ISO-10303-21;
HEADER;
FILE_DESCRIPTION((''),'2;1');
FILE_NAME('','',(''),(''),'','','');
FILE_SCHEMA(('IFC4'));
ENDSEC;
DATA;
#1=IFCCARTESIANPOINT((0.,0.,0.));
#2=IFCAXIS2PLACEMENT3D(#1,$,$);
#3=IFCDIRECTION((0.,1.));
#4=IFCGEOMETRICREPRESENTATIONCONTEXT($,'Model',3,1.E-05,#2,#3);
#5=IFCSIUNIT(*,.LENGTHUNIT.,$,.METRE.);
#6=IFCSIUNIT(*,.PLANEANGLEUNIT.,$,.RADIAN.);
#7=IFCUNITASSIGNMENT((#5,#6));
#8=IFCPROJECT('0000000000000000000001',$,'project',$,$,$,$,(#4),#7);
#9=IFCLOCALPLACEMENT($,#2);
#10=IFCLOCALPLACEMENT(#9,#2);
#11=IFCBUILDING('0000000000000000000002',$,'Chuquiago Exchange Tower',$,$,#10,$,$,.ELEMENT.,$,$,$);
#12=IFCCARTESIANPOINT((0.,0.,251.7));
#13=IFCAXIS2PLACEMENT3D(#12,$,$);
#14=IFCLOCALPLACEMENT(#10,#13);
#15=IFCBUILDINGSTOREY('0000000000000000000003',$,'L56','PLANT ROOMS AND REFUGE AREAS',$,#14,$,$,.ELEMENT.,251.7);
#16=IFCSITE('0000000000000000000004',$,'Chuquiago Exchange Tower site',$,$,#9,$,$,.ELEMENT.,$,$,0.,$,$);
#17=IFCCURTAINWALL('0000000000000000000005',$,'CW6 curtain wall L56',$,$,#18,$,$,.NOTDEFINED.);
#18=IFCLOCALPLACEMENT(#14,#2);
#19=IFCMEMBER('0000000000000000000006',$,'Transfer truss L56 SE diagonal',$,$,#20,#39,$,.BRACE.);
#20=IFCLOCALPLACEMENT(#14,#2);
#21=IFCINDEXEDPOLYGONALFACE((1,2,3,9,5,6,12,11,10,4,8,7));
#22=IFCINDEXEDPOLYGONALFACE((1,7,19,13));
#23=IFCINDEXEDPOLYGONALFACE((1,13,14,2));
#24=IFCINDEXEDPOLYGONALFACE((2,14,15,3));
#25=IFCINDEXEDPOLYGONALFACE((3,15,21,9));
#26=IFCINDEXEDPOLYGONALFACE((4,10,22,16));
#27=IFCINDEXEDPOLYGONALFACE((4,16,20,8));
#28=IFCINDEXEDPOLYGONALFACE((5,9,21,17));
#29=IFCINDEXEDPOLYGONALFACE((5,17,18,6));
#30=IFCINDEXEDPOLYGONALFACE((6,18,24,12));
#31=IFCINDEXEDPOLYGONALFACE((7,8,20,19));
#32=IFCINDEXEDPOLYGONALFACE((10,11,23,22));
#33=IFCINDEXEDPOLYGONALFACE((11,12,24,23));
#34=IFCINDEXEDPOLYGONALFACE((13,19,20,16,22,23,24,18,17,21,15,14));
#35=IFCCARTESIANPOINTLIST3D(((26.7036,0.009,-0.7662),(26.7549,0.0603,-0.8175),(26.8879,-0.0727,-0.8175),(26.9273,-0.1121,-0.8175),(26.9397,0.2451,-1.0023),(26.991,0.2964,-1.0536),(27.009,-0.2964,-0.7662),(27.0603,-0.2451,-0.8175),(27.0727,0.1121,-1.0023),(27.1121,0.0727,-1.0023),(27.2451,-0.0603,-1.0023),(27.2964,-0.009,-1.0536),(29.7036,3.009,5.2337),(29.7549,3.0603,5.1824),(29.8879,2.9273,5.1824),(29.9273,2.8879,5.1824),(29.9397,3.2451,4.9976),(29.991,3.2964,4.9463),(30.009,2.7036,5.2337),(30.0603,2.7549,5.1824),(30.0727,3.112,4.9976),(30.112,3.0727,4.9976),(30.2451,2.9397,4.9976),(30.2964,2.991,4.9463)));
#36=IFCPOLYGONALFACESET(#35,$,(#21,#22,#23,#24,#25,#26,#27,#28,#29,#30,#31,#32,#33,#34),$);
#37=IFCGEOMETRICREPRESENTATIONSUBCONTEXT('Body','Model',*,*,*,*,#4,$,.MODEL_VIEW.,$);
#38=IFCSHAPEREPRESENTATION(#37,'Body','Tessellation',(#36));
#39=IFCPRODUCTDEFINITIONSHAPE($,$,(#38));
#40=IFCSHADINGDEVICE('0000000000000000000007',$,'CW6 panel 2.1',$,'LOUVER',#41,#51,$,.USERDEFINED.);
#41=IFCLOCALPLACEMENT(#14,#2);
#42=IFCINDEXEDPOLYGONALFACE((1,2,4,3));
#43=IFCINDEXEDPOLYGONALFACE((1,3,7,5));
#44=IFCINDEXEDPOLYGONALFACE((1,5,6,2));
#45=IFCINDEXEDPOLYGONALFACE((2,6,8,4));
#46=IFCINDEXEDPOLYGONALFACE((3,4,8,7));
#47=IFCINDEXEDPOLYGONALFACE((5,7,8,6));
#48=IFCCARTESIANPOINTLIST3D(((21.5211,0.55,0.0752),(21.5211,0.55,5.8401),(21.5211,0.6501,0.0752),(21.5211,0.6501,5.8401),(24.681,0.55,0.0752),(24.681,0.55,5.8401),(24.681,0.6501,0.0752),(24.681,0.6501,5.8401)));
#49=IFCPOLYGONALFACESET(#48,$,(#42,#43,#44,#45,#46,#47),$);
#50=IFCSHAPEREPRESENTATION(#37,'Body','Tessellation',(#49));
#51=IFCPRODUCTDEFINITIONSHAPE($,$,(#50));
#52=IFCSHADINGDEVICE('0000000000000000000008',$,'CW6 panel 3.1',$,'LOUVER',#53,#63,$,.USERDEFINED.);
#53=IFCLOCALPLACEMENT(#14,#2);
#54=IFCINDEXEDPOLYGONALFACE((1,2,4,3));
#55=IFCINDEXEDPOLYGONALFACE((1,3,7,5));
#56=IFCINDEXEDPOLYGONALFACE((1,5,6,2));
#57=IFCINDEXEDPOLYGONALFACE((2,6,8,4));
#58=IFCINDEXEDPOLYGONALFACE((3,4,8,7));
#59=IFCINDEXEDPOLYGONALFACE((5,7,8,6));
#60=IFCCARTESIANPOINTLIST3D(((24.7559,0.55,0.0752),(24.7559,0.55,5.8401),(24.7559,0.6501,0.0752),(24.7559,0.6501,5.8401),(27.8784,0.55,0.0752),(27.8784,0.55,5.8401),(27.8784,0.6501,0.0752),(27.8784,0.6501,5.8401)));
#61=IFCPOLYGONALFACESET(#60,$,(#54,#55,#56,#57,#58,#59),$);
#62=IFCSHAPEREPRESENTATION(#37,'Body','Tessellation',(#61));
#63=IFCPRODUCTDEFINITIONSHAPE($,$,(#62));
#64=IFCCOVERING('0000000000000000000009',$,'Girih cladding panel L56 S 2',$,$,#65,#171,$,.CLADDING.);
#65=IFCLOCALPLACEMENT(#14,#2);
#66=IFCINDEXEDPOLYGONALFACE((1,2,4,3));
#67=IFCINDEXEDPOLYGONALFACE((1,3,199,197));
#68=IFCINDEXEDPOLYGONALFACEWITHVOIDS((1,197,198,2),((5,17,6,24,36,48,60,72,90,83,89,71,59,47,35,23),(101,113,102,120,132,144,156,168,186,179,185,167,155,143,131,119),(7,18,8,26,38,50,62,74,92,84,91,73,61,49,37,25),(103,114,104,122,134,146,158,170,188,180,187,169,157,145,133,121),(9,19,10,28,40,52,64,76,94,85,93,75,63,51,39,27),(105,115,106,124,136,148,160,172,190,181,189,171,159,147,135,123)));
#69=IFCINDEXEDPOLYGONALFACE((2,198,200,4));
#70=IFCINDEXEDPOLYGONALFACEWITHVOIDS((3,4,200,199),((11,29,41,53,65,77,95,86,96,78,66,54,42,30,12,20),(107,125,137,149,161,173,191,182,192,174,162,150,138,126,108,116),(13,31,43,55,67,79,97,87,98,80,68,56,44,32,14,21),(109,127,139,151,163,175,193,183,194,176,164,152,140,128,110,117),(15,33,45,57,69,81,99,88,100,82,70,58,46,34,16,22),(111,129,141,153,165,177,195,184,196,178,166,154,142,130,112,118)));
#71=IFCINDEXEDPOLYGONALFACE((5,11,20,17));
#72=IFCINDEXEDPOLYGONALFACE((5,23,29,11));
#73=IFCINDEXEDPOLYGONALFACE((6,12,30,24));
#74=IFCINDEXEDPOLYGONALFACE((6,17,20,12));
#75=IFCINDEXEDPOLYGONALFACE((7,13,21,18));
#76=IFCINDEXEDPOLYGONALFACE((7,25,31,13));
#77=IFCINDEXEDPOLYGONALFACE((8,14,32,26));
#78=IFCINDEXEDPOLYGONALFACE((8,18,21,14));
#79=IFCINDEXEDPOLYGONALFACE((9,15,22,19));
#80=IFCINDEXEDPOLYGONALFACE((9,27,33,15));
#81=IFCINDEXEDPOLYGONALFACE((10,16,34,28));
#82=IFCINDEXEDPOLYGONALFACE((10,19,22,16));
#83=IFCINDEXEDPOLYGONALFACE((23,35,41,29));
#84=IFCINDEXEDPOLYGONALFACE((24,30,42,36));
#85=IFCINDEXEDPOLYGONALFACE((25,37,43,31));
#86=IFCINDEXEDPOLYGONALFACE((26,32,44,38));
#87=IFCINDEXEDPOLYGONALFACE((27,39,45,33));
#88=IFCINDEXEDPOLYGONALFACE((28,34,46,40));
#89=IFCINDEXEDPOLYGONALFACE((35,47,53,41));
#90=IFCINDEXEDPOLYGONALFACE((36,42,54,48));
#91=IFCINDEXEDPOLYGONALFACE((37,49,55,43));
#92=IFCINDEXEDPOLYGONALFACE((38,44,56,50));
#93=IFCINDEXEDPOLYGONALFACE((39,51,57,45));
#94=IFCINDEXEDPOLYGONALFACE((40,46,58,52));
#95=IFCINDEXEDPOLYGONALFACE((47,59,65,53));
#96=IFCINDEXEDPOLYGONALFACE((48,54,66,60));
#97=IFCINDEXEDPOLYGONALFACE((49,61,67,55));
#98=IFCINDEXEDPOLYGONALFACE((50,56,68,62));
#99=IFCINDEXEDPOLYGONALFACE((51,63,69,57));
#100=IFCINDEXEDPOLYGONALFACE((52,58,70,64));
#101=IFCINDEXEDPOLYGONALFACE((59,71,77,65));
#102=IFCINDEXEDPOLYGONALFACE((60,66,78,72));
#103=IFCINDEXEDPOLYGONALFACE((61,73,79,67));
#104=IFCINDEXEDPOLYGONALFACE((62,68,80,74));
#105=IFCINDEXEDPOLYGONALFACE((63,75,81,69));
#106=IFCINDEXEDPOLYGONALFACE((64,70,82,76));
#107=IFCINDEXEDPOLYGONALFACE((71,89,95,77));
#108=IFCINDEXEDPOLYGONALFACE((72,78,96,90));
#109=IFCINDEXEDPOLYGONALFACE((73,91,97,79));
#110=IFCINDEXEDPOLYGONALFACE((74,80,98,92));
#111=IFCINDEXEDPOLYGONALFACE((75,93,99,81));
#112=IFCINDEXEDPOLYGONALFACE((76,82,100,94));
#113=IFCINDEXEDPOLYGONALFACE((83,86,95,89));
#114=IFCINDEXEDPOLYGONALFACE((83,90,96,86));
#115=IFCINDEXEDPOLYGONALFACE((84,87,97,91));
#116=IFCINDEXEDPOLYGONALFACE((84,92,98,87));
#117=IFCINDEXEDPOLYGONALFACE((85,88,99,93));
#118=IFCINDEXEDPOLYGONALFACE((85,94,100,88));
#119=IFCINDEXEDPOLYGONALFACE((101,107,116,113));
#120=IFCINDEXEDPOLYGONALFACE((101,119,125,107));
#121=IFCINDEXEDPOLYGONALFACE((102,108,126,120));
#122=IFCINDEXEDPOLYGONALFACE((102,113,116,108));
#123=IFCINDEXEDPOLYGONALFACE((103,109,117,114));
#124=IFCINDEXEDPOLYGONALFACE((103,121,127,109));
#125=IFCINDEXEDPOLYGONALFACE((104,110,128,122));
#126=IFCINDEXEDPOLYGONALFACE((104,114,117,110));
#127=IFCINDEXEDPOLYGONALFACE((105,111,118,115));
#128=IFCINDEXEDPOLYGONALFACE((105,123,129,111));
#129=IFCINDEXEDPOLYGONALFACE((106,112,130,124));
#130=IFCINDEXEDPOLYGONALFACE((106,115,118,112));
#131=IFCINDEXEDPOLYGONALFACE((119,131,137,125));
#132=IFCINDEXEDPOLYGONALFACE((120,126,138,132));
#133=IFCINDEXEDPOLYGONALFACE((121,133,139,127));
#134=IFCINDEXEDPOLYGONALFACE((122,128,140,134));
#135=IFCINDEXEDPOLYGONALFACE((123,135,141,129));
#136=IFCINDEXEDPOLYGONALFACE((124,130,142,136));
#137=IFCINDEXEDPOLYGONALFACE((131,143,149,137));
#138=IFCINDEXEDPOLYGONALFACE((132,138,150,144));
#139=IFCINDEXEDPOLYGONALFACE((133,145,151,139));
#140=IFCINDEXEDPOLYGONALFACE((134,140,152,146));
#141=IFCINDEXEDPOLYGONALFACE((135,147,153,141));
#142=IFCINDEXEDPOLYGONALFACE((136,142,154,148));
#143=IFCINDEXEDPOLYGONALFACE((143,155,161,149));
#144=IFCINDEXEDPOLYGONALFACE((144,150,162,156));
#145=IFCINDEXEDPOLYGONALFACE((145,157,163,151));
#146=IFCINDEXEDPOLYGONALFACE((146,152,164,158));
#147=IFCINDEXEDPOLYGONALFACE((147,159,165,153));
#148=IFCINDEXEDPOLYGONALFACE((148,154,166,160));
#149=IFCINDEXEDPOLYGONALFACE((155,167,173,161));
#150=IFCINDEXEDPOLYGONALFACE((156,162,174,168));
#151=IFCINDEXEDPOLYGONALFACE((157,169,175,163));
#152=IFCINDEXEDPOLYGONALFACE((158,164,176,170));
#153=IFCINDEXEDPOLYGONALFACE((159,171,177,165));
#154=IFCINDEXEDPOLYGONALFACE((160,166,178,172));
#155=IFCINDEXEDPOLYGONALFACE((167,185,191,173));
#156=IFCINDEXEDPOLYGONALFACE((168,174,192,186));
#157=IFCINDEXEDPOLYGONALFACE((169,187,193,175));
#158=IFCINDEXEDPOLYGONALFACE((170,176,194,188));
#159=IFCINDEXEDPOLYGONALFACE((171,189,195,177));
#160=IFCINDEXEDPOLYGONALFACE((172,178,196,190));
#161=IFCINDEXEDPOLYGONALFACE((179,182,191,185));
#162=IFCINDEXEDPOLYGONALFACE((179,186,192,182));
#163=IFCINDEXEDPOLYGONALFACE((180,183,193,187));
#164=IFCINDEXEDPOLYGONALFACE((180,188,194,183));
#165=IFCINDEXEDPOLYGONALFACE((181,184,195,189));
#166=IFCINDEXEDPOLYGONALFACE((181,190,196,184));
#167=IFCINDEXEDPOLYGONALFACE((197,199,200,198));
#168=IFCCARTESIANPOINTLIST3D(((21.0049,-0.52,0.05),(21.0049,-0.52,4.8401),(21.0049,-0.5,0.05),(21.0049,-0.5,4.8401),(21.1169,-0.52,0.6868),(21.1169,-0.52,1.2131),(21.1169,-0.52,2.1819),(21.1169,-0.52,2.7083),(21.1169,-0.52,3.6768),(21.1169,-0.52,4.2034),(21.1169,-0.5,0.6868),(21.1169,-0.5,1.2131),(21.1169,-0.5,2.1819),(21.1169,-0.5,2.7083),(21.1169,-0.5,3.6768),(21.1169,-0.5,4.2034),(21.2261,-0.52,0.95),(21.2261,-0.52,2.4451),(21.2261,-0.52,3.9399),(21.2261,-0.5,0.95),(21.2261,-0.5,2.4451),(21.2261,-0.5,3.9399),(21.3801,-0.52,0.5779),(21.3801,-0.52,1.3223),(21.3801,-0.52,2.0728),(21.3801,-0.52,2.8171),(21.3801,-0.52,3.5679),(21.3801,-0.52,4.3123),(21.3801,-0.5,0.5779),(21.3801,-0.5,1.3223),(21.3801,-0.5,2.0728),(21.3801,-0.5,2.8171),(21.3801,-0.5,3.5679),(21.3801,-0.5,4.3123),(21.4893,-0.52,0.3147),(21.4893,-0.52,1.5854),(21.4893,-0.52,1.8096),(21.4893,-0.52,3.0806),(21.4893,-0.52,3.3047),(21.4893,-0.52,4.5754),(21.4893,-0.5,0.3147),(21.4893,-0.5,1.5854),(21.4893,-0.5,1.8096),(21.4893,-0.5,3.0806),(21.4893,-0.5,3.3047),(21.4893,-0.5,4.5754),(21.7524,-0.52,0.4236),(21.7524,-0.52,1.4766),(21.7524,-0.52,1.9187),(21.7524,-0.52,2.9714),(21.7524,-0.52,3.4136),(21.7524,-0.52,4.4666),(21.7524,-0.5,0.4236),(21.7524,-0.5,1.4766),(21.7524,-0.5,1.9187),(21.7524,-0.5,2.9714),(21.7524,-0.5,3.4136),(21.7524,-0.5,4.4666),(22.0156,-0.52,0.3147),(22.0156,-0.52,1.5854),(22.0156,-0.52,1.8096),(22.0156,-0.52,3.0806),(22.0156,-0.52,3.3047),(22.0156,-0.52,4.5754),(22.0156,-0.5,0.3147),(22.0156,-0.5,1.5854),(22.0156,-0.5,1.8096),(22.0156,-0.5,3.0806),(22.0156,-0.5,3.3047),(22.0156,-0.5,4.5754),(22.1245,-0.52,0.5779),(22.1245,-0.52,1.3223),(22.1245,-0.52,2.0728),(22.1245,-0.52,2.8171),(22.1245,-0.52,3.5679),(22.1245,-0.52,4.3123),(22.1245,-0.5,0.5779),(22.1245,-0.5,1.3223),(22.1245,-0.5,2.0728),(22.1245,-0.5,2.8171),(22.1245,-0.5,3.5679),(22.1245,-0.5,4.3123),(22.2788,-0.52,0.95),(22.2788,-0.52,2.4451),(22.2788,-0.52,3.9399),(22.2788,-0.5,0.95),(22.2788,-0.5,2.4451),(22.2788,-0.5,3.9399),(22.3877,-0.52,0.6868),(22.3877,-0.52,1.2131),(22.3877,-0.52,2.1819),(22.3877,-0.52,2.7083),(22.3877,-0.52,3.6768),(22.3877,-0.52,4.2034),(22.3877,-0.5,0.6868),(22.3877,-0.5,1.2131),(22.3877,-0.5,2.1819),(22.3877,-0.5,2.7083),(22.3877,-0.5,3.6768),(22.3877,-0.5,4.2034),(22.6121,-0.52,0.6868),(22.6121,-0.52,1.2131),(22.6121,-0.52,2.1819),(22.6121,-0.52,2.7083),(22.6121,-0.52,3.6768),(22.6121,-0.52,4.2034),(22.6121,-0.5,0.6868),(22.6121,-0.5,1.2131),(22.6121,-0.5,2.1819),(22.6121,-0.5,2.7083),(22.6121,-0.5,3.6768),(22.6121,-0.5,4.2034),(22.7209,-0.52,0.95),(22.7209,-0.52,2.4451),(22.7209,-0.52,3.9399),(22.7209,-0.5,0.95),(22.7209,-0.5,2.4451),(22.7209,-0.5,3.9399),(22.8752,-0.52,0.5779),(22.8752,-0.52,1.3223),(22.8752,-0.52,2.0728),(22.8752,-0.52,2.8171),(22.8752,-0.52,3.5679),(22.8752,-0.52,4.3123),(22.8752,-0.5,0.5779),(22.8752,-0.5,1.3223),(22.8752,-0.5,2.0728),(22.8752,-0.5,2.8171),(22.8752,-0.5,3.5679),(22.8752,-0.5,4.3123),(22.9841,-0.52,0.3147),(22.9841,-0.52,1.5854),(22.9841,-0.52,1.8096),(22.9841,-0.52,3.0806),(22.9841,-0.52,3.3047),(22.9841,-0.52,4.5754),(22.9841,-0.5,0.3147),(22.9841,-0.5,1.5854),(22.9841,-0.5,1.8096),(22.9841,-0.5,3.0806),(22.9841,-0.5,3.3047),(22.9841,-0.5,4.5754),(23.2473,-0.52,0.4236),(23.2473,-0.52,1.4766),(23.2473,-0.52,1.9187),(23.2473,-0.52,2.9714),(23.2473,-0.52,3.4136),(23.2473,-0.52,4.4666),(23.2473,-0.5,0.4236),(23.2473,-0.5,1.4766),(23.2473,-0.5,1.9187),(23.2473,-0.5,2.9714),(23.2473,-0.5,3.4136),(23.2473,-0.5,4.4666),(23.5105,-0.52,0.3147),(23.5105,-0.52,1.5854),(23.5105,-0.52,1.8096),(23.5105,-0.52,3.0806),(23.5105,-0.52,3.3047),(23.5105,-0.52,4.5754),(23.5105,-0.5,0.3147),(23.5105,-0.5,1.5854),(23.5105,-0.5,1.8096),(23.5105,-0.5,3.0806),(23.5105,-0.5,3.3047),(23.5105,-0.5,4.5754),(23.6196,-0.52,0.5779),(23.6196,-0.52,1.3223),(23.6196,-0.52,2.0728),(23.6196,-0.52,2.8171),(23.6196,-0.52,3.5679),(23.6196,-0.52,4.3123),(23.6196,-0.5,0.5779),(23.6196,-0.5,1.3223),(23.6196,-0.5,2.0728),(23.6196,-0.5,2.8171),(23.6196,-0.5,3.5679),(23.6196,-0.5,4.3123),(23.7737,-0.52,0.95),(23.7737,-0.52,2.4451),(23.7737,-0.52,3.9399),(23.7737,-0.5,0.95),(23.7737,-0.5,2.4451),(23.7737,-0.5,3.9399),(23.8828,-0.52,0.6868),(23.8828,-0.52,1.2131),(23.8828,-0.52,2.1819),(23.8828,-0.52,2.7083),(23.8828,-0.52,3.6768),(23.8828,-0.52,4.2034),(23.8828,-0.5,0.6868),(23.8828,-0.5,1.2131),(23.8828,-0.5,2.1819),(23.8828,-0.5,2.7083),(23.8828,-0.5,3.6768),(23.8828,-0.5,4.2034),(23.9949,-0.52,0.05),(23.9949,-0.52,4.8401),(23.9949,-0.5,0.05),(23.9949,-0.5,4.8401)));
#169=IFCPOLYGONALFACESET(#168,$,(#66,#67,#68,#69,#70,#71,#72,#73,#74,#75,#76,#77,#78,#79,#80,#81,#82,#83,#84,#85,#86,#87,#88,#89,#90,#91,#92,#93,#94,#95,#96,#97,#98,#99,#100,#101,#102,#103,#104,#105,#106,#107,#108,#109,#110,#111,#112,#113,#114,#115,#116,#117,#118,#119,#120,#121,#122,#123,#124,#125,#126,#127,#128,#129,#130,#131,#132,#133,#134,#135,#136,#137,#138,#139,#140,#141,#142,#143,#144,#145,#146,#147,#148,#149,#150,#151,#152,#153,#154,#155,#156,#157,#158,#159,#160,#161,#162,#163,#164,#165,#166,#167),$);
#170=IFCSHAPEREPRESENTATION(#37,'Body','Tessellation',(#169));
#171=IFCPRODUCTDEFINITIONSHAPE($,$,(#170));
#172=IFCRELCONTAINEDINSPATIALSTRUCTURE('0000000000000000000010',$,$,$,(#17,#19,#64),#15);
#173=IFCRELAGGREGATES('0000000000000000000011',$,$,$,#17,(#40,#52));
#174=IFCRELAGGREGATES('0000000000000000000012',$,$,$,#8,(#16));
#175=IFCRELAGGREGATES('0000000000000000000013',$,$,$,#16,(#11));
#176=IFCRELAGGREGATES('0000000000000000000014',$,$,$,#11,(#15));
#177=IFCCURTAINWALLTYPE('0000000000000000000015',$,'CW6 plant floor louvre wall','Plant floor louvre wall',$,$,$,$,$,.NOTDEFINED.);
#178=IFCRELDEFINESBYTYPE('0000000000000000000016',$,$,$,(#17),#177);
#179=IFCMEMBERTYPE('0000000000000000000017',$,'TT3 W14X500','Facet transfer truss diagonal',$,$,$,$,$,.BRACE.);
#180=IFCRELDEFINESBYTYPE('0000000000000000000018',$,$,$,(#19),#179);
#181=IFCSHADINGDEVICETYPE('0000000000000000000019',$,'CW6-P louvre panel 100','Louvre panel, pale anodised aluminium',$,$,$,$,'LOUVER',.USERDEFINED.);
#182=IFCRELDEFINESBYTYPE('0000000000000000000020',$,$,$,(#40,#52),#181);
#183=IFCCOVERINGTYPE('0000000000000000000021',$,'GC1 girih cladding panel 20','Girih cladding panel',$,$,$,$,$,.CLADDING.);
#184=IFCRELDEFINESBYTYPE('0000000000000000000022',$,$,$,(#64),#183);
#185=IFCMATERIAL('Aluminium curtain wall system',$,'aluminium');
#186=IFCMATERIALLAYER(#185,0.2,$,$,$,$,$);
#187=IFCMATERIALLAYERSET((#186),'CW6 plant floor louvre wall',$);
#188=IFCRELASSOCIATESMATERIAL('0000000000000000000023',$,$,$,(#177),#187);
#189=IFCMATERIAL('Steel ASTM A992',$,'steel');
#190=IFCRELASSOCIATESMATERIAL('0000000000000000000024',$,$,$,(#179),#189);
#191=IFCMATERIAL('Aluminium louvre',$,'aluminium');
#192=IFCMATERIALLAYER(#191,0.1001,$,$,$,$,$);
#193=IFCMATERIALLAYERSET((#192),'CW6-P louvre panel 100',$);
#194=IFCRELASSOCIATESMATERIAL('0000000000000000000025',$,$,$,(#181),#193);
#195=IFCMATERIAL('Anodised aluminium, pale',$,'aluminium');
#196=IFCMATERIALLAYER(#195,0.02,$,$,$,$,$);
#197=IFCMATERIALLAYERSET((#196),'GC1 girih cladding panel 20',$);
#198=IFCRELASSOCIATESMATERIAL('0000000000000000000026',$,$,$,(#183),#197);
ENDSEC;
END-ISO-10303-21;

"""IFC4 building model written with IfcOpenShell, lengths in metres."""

from ifc_helpers import new_model, si_unit, direction, frame, origin, origin_2d, place, context, subcontext, project, spatial, polyline, rectangle, i_section, outline, extrude, material, layer, layer_set, material_profile, profile_set, type_object, element, aggregate, save


model = new_model("IFC4")

# Units and contexts
model_context = context("Model", 3, precision=1e-05, world=origin(), true_north=direction((0.0, 1.0)))
body_context = subcontext(model_context, "Body", "Model", "MODEL_VIEW")
ifc_project = project(units=[si_unit("LENGTHUNIT", "METRE"), si_unit("PLANEANGLEUNIT", "RADIAN")], contexts=[model_context])

# Site, building, storey
site_placement = place(None, origin())
site = spatial("IfcSite", under=ifc_project, at=site_placement, Name="Chuquiago Exchange Tower site", CompositionType="ELEMENT", RefElevation=0.0)
building_placement = place(site_placement, origin())
building = spatial("IfcBuilding", under=site, at=building_placement, Name="Chuquiago Exchange Tower", CompositionType="ELEMENT")
storey_placement = place(building_placement, frame((0.0, 0.0, 251.7)))
storey = spatial("IfcBuildingStorey", under=building, at=storey_placement, Name="L56", Description="PLANT ROOMS AND REFUGE AREAS", CompositionType="ELEMENT", Elevation=251.7)

# Curtain wall
ifc_material_1 = material(Name="Aluminium curtain wall system", Category="aluminium")
ifc_layer_1 = layer(ifc_material_1, 0.2)
ifc_layer_set_1 = layer_set([ifc_layer_1], Name="CW6 plant floor louvre wall")
curtain_wall_type = type_object("IfcCurtainWallType", Name="CW6 plant floor louvre wall", Description="Plant floor louvre wall", PredefinedType="NOTDEFINED", material=ifc_layer_set_1)
curtain_wall_placement = place(storey_placement, origin())
curtain_wall = element("IfcCurtainWall", 1, at=curtain_wall_placement, inside=storey, type_object=curtain_wall_type, Name="CW6 curtain wall L56", PredefinedType="NOTDEFINED")

# Member
ifc_material_2 = material(Name="Steel ASTM A992", Category="steel")
ifc_material_profile_1 = material_profile(ifc_material_2, i_section(OverallWidth=0.4319, OverallDepth=0.4978, WebThickness=0.0557, FlangeThickness=0.0889, at=origin_2d()), Name="W14X500")
ifc_profile_set_1 = profile_set([ifc_material_profile_1], Name="Steel ASTM A992")
member_type_1 = type_object("IfcMemberType", Name="TT3 W14X500", Description="Facet transfer truss diagonal", PredefinedType="BRACE", material=ifc_profile_set_1)
member_1_placement = place(storey_placement, frame((27.0, 0.0, -0.9099), z_axis=(0.408248, 0.408248, 0.816497), x_axis=(-0.707107, 0.707107, 0.0)))
element("IfcMember", 2, at=member_1_placement, inside=storey, type_object=member_type_1, Name="Transfer truss L56 SE diagonal", PredefinedType="BRACE", context=body_context, shape_type="SweptSolid", body=[
    extrude(i_section(OverallWidth=0.4319, OverallDepth=0.4978, WebThickness=0.0557, FlangeThickness=0.0889, at=origin_2d()), origin(), (0.0, 0.0, 1.0), 7.3484),
])

# Shading devices
ifc_material_3 = material(Name="Aluminium louvre", Category="aluminium")
ifc_layer_2 = layer(ifc_material_3, 0.1001)
ifc_layer_set_2 = layer_set([ifc_layer_2], Name="CW6-P louvre panel 100")
shading_device_type = type_object("IfcShadingDeviceType", Name="CW6-P louvre panel 100", Description="Louvre panel, pale anodised aluminium", ElementType="LOUVER", PredefinedType="USERDEFINED", material=ifc_layer_set_2)
shading_device_1_placement = place(storey_placement, frame((23.1011, 0.6001, 0.0752), z_axis=(0.0, 0.0, 1.0), x_axis=(1.0, 0.0, 0.0)))
shading_device_1 = element("IfcShadingDevice", 3, at=shading_device_1_placement, type_object=shading_device_type, Name="CW6 panel 2.1", ObjectType="LOUVER", PredefinedType="USERDEFINED", context=body_context, shape_type="SweptSolid", body=[
    extrude(rectangle(XDim=3.1599, YDim=0.1001, at=origin_2d()), origin(), (0.0, 0.0, 1.0), 5.7649),
])
shading_device_2_placement = place(storey_placement, frame((26.3171, 0.6001, 0.0752), z_axis=(0.0, 0.0, 1.0), x_axis=(1.0, 0.0, 0.0)))
shading_device_2 = element("IfcShadingDevice", 4, at=shading_device_2_placement, type_object=shading_device_type, Name="CW6 panel 3.1", ObjectType="LOUVER", PredefinedType="USERDEFINED", context=body_context, shape_type="SweptSolid", body=[
    extrude(rectangle(XDim=3.1226, YDim=0.1001, at=origin_2d()), origin(), (0.0, 0.0, 1.0), 5.7649),
])
aggregate(curtain_wall, [shading_device_1, shading_device_2])

# Covering
ifc_material_4 = material(Name="Anodised aluminium, pale", Category="aluminium")
ifc_layer_3 = layer(ifc_material_4, 0.02)
ifc_layer_set_3 = layer_set([ifc_layer_3], Name="GC1 girih cladding panel 20")
covering_type = type_object("IfcCoveringType", Name="GC1 girih cladding panel 20", Description="Girih cladding panel", PredefinedType="CLADDING", material=ifc_layer_set_3)
covering_1_placement = place(storey_placement, frame((21.0049, -0.5, 0.05), z_axis=(0.0, 0.0, 1.0), x_axis=(1.0, 0.0, 0.0)))
element("IfcCovering", 5, at=covering_1_placement, inside=storey, type_object=covering_type, Name="Girih cladding panel L56 S 2", PredefinedType="CLADDING", context=body_context, shape_type="SweptSolid", body=[
    extrude(outline(polyline([(0.0, 0.0), (2.99, 0.0), (2.99, 4.79), (0.0, 4.79), (0.0, 0.0)]), holes=[polyline([(1.2739, 0.8999), (1.3828, 1.1631), (1.1196, 1.2722), (1.0107, 1.5354), (0.7476, 1.4265), (0.4844, 1.5354), (0.3752, 1.2722), (0.1121, 1.1631), (0.2212, 0.8999), (0.1121, 0.6367), (0.3752, 0.5278), (0.4844, 0.2646), (0.7476, 0.3735), (1.0107, 0.2646), (1.1196, 0.5278), (1.3828, 0.6367), (1.2739, 0.8999)]), polyline([(2.7688, 0.8999), (2.8779, 1.1631), (2.6147, 1.2722), (2.5056, 1.5354), (2.2424, 1.4265), (1.9792, 1.5354), (1.8704, 1.2722), (1.6072, 1.1631), (1.7161, 0.8999), (1.6072, 0.6367), (1.8704, 0.5278), (1.9792, 0.2646), (2.2424, 0.3735), (2.5056, 0.2646), (2.6147, 0.5278), (2.8779, 0.6367), (2.7688, 0.8999)]), polyline([(1.2739, 2.395), (1.3828, 2.6582), (1.1196, 2.7671), (1.0107, 3.0305), (0.7476, 2.9214), (0.4844, 3.0305), (0.3752, 2.7671), (0.1121, 2.6582), (0.2212, 2.395), (0.1121, 2.1318), (0.3752, 2.0227), (0.4844, 1.7595), (0.7476, 1.8687), (1.0107, 1.7595), (1.1196, 2.0227), (1.3828, 2.1318), (1.2739, 2.395)]), polyline([(2.7688, 2.395), (2.8779, 2.6582), (2.6147, 2.7671), (2.5056, 3.0305), (2.2424, 2.9214), (1.9792, 3.0305), (1.8704, 2.7671), (1.6072, 2.6582), (1.7161, 2.395), (1.6072, 2.1318), (1.8704, 2.0227), (1.9792, 1.7595), (2.2424, 1.8687), (2.5056, 1.7595), (2.6147, 2.0227), (2.8779, 2.1318), (2.7688, 2.395)]), polyline([(1.2739, 3.8899), (1.3828, 4.1533), (1.1196, 4.2622), (1.0107, 4.5254), (0.7476, 4.4165), (0.4844, 4.5254), (0.3752, 4.2622), (0.1121, 4.1533), (0.2212, 3.8899), (0.1121, 3.6267), (0.3752, 3.5178), (0.4844, 3.2546), (0.7476, 3.3635), (1.0107, 3.2546), (1.1196, 3.5178), (1.3828, 3.6267), (1.2739, 3.8899)]), polyline([(2.7688, 3.8899), (2.8779, 4.1533), (2.6147, 4.2622), (2.5056, 4.5254), (2.2424, 4.4165), (1.9792, 4.5254), (1.8704, 4.2622), (1.6072, 4.1533), (1.7161, 3.8899), (1.6072, 3.6267), (1.8704, 3.5178), (1.9792, 3.2546), (2.2424, 3.3635), (2.5056, 3.2546), (2.6147, 3.5178), (2.8779, 3.6267), (2.7688, 3.8899)])]), frame((0.0, 0.0, 0.0), z_axis=(0.0, -1.0, 0.0), x_axis=(1.0, 0.0, 0.0)), (0.0, 0.0, 1.0), 0.02),
])

save(model, "model.ifc")
